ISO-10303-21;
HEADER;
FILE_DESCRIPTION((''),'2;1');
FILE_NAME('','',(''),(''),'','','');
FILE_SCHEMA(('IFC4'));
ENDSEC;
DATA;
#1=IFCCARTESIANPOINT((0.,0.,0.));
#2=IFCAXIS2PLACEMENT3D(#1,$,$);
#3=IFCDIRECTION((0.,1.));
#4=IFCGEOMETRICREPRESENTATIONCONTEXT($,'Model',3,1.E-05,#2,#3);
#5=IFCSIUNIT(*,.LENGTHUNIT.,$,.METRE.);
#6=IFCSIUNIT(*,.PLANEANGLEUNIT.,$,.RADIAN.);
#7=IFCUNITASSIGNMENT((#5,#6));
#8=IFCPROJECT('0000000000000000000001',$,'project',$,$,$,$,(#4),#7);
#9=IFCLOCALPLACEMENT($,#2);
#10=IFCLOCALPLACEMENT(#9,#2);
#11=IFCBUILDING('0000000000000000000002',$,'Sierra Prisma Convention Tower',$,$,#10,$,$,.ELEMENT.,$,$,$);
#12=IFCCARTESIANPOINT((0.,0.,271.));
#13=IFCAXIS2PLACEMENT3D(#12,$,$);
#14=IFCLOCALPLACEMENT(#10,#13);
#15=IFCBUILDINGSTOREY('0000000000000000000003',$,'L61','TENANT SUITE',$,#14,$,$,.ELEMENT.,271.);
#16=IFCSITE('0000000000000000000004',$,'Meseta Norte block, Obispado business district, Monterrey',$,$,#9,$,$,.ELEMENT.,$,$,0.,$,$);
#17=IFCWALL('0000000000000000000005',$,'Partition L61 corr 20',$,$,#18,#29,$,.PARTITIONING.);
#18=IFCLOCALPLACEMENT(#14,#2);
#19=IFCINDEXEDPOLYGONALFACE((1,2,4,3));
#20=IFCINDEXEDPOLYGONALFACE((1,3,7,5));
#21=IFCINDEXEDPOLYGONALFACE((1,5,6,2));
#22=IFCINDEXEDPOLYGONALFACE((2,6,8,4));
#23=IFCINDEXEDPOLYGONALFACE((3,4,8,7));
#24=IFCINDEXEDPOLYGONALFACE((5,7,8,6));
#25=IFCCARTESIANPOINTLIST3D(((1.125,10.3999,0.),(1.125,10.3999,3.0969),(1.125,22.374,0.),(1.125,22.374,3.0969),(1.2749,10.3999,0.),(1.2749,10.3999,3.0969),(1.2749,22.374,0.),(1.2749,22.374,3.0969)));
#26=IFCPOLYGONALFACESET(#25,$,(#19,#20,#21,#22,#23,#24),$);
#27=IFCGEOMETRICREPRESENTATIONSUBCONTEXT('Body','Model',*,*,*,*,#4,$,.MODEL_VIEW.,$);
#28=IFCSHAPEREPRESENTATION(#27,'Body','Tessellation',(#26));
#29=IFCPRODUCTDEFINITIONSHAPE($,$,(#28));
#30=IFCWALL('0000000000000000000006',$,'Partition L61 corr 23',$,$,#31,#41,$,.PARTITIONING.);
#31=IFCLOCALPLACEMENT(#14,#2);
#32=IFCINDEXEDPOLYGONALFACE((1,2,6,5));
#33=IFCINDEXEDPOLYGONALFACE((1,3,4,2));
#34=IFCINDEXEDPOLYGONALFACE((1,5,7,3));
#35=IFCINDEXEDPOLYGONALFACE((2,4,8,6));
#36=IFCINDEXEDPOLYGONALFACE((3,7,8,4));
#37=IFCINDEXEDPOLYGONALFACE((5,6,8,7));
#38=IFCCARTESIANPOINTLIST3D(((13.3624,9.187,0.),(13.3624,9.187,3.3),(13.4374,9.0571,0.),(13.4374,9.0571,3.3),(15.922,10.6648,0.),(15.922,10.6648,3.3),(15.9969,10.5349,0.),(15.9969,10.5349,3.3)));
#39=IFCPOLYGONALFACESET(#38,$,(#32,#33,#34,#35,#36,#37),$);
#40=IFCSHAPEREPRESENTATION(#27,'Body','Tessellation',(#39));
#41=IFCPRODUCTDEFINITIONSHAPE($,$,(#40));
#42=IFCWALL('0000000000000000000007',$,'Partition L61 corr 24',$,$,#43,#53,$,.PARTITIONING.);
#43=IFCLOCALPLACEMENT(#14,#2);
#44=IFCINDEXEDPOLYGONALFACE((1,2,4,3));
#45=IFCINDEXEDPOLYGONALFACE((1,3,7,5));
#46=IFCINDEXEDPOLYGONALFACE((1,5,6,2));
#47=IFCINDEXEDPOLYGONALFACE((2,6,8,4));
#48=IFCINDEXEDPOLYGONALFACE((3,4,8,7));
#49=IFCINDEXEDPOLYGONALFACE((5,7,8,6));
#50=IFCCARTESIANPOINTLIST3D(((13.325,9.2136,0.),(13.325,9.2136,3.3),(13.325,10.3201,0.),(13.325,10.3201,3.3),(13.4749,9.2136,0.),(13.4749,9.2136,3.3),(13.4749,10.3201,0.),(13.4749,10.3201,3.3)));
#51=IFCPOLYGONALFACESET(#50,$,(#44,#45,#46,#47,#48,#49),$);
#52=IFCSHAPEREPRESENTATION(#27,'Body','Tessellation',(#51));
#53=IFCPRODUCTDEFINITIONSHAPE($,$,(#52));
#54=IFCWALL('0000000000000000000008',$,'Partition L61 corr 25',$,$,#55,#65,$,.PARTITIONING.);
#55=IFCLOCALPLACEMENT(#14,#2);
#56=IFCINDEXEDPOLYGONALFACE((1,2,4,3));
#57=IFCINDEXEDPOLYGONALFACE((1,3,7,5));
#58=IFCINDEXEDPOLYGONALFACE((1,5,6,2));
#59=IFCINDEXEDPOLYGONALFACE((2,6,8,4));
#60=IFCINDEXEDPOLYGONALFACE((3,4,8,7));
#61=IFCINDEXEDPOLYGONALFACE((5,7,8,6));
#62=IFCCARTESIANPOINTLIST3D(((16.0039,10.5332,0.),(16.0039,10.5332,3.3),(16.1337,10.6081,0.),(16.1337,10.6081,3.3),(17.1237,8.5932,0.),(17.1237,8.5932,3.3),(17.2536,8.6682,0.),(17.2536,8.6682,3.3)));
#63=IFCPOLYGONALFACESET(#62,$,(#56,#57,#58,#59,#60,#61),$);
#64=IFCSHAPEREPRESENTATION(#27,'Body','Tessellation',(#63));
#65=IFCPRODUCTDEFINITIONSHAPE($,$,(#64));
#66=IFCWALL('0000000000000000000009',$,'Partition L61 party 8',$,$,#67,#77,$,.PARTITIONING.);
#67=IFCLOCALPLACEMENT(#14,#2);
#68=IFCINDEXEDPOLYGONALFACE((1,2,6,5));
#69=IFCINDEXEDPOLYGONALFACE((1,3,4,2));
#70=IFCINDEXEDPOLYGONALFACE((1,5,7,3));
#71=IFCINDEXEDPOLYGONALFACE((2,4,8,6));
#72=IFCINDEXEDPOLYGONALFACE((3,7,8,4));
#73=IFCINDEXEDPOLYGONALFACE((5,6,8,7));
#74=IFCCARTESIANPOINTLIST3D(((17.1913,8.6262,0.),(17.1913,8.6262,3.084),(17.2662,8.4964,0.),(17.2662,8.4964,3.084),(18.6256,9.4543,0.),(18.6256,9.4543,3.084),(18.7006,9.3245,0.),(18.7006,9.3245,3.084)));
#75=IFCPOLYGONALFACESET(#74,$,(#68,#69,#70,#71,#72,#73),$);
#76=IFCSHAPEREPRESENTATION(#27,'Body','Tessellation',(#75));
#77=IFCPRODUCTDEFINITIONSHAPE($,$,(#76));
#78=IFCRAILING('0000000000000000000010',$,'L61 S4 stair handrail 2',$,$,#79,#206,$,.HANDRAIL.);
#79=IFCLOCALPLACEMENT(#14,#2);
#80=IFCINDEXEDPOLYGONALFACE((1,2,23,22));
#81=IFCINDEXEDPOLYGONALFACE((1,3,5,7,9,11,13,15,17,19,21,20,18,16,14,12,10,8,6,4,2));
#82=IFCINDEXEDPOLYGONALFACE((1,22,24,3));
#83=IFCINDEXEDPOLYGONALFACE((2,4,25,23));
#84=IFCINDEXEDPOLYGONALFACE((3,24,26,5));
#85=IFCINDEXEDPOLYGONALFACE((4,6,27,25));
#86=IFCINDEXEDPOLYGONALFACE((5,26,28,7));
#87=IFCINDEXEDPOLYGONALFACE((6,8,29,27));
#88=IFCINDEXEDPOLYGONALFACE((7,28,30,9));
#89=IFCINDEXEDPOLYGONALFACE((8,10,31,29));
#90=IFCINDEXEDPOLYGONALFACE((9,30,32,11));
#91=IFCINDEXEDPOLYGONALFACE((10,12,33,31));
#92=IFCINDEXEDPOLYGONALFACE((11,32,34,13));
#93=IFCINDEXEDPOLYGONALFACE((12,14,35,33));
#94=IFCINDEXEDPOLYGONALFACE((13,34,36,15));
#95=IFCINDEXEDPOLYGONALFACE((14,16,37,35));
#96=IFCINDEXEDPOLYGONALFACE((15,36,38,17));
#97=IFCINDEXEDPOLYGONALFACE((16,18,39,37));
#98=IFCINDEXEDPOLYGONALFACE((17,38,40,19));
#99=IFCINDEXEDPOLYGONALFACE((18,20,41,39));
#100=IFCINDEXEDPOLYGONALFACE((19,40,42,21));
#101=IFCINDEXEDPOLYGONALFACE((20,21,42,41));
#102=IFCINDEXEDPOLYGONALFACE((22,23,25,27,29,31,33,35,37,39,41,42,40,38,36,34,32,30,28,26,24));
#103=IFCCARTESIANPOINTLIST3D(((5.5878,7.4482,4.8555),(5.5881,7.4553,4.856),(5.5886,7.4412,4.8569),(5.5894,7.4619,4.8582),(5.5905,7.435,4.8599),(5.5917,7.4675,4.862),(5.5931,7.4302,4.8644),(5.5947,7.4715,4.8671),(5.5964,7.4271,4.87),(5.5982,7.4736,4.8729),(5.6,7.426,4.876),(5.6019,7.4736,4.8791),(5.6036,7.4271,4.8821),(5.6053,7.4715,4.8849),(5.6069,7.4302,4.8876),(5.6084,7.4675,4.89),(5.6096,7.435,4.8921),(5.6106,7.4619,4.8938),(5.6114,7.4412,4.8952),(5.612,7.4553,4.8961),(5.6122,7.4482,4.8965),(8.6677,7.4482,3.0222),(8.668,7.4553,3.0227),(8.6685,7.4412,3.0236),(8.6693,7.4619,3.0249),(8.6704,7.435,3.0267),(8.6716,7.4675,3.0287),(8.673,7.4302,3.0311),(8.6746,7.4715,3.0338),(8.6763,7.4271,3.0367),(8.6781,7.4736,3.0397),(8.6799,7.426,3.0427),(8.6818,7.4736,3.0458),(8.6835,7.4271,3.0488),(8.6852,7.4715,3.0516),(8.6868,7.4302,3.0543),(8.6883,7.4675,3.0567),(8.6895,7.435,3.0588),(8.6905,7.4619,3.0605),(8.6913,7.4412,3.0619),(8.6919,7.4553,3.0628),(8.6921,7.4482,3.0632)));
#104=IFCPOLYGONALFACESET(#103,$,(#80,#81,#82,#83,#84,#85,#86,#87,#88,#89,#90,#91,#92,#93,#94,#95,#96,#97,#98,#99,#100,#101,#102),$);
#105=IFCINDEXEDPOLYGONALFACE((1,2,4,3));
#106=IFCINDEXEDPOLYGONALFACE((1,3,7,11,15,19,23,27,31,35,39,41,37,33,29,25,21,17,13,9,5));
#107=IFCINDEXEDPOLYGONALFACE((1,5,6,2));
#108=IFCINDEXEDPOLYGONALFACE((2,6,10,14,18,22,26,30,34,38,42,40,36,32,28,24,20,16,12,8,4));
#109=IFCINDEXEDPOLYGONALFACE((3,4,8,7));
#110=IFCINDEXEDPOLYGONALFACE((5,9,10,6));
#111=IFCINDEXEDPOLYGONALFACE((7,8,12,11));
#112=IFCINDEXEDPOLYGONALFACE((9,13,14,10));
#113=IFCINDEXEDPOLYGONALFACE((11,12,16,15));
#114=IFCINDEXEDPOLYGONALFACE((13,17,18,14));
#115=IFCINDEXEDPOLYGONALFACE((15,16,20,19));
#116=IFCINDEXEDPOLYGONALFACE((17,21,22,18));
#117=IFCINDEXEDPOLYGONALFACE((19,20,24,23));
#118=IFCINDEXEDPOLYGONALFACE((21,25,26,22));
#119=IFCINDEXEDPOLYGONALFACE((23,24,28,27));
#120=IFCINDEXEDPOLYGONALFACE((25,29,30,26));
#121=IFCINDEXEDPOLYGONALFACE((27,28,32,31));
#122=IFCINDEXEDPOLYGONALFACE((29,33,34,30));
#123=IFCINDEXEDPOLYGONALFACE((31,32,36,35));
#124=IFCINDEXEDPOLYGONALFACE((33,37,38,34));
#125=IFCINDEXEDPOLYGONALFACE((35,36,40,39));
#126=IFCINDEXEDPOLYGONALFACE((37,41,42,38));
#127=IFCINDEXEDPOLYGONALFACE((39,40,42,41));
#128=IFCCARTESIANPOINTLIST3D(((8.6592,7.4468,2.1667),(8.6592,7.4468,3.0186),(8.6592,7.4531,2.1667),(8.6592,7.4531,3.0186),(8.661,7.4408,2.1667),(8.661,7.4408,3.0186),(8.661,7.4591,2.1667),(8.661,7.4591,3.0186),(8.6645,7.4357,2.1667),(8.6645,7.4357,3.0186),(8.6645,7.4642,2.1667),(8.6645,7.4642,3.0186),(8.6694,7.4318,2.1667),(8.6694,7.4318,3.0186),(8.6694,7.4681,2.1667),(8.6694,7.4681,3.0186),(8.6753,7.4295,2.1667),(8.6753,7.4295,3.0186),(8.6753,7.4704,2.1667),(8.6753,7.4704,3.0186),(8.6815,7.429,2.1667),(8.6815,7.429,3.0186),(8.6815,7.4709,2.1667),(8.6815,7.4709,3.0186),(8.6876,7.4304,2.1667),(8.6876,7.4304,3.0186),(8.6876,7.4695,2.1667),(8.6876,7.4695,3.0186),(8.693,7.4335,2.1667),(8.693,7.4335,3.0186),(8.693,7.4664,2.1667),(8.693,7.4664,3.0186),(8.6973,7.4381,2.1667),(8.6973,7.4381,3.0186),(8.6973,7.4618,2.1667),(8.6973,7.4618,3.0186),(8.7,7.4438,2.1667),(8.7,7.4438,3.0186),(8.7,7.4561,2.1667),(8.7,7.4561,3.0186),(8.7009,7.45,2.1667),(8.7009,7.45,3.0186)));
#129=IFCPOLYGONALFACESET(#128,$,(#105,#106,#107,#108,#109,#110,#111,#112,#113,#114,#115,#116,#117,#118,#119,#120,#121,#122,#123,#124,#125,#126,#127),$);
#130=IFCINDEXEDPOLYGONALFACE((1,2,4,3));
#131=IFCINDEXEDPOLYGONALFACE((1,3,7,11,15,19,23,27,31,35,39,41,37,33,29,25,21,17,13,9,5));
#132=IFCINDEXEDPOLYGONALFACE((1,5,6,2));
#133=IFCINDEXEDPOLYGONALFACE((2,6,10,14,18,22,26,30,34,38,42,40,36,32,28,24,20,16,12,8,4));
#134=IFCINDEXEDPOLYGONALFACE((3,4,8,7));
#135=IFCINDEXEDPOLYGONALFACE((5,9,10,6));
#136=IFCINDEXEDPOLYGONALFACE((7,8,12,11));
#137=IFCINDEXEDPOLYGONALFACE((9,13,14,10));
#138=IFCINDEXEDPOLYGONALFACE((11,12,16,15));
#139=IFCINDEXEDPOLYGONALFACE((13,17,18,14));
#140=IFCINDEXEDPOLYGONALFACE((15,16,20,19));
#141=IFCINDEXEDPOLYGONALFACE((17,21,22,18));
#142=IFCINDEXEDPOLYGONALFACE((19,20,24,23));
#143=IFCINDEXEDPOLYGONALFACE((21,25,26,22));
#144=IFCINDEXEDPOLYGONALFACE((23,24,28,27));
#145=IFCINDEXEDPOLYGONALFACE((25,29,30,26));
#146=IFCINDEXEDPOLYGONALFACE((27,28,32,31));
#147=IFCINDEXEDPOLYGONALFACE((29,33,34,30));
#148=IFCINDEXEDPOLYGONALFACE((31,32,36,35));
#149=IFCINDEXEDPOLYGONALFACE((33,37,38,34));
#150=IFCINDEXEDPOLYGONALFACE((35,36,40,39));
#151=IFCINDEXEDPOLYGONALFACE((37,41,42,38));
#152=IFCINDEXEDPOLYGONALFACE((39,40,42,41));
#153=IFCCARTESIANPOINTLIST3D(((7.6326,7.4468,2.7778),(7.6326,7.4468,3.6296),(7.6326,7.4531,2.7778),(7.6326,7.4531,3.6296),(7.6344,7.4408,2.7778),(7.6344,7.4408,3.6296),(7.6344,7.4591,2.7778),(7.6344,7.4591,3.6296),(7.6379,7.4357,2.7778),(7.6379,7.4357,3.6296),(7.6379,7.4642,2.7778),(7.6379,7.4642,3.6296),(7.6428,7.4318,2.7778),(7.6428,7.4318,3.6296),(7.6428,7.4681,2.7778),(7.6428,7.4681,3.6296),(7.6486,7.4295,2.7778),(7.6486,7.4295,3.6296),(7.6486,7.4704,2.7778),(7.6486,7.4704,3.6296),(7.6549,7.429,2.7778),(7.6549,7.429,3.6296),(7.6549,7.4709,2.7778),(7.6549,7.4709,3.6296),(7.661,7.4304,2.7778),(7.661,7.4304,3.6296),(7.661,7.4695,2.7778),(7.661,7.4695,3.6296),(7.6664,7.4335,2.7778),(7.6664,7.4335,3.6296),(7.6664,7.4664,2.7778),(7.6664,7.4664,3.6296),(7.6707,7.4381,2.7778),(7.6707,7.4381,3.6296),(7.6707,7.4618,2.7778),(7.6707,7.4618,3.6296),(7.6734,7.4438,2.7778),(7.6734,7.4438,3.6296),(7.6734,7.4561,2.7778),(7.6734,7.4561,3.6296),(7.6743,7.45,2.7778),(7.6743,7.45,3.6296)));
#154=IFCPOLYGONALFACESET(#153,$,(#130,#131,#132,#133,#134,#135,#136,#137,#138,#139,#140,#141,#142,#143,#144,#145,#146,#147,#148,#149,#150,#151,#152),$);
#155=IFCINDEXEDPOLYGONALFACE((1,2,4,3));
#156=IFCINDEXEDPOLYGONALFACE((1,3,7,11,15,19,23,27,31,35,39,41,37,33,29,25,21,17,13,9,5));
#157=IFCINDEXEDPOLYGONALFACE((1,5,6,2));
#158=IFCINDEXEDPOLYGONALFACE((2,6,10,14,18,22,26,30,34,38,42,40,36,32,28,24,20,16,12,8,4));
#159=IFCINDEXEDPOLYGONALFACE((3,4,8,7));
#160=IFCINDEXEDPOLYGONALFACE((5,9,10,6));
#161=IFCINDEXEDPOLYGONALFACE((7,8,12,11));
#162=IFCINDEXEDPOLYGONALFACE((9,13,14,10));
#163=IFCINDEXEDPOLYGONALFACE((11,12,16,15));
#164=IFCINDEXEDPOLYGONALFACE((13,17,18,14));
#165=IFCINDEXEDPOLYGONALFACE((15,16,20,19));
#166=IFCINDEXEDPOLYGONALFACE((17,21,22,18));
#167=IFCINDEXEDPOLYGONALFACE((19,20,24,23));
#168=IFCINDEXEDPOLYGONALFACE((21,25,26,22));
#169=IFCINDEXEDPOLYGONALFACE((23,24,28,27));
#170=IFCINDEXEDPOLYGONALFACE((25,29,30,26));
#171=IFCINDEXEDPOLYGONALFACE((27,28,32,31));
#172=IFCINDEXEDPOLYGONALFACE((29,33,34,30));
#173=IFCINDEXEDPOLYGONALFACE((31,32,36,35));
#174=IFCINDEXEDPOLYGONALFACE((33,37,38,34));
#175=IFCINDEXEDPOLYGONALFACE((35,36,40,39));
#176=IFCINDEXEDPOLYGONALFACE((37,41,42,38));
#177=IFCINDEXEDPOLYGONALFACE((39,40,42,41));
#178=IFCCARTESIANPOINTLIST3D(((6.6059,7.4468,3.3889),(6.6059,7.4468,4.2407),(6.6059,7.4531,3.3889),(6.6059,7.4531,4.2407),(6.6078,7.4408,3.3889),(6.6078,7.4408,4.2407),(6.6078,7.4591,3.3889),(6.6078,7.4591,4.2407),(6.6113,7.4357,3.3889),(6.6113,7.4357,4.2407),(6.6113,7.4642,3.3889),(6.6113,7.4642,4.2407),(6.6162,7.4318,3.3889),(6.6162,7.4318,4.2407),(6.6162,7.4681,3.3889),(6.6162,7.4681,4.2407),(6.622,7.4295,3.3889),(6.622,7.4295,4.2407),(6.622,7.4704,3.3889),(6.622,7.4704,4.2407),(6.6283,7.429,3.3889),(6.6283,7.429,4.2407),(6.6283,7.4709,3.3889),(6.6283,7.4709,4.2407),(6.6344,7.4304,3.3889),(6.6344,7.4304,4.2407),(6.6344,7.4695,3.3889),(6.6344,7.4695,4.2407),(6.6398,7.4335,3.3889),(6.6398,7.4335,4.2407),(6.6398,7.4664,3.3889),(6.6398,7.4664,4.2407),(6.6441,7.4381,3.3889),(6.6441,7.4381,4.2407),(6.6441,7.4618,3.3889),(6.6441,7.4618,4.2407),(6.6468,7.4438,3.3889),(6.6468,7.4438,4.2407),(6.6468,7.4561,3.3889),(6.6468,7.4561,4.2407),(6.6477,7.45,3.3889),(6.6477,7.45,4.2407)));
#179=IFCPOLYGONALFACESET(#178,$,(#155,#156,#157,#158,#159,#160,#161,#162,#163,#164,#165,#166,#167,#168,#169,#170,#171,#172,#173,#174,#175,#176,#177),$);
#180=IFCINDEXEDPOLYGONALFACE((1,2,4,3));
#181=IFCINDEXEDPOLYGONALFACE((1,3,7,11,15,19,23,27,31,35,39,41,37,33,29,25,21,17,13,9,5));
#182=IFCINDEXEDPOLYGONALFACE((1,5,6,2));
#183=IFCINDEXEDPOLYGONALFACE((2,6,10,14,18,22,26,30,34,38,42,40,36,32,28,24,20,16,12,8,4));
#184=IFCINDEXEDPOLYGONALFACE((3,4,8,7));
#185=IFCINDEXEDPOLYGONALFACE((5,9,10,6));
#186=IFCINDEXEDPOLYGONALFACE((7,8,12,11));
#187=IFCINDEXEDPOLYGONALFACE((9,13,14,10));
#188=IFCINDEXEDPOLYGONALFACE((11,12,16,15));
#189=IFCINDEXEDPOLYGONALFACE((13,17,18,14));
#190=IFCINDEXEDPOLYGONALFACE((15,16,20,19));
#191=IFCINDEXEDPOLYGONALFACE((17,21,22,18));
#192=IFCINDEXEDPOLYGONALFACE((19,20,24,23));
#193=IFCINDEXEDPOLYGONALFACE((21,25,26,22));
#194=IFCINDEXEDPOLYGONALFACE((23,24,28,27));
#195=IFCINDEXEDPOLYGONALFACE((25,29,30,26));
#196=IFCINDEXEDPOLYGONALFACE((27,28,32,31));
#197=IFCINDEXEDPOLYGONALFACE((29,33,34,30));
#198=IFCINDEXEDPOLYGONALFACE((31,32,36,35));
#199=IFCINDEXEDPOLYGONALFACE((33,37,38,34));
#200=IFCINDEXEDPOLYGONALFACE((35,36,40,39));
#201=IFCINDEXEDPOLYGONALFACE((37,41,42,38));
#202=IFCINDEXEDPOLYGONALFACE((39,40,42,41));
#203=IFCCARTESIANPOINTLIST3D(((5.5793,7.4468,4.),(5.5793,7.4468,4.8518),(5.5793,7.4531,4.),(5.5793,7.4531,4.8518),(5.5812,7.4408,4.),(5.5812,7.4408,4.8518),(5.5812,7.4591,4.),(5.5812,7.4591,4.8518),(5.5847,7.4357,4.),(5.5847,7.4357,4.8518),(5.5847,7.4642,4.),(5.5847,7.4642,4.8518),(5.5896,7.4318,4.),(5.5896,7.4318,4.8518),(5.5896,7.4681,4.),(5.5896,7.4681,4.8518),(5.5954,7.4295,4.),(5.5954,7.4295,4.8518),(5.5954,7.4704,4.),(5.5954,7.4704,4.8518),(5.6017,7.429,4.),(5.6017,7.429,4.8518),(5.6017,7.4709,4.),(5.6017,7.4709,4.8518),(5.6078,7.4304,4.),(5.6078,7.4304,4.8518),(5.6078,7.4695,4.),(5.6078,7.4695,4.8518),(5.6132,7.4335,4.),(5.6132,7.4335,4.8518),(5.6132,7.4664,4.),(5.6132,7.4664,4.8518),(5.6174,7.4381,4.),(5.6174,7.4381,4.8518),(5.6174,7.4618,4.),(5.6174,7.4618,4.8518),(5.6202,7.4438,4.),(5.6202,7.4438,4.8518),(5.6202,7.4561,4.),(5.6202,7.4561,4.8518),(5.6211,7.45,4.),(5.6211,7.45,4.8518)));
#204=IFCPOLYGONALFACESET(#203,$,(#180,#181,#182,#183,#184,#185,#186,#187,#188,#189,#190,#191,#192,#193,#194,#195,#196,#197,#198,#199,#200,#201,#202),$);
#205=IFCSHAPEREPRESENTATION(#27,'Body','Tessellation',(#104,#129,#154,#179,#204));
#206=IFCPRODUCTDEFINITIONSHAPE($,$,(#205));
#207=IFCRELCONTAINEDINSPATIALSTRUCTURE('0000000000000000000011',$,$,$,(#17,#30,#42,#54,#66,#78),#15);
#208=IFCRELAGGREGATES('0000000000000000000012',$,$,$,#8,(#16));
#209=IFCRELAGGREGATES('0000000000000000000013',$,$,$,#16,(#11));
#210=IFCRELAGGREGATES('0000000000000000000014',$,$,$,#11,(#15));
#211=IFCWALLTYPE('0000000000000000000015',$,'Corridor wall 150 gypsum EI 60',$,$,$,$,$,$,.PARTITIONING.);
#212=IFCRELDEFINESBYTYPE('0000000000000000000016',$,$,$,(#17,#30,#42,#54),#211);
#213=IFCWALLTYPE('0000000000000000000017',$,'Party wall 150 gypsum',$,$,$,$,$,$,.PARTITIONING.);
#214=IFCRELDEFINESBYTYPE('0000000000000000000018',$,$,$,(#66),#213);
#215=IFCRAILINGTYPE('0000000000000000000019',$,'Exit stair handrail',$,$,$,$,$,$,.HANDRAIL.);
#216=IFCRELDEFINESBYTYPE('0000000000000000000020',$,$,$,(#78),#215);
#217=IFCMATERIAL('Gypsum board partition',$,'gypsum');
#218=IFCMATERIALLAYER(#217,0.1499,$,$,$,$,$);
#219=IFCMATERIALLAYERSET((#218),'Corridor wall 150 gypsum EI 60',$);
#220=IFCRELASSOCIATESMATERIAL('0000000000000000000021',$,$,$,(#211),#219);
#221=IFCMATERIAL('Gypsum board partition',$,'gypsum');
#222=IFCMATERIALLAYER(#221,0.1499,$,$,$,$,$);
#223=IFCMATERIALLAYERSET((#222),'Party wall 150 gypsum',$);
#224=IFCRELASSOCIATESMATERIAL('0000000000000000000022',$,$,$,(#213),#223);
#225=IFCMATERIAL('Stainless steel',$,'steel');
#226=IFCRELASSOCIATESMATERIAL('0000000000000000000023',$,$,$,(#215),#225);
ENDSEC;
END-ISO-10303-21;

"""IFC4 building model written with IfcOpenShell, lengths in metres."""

from ifc_helpers import new_model, si_unit, direction, frame, frame_2d, origin, origin_2d, place, context, subcontext, project, spatial, rectangle, circle, extrude, material, layer, layer_set, type_object, element, save


model = new_model("IFC4")

# Units and contexts
model_context = context("Model", 3, precision=1e-05, world=origin(), true_north=direction((0.0, 1.0)))
body_context = subcontext(model_context, "Body", "Model", "MODEL_VIEW")
ifc_project = project(units=[si_unit("LENGTHUNIT", "METRE"), si_unit("PLANEANGLEUNIT", "RADIAN")], contexts=[model_context])

# Site, building, storey
site_placement = place(None, origin())
site = spatial("IfcSite", under=ifc_project, at=site_placement, Name="Meseta Norte block, Obispado business district, Monterrey", CompositionType="ELEMENT", RefElevation=0.0)
building_placement = place(site_placement, origin())
building = spatial("IfcBuilding", under=site, at=building_placement, Name="Sierra Prisma Convention Tower", CompositionType="ELEMENT")
storey_placement = place(building_placement, frame((0.0, 0.0, 271.0)))
storey = spatial("IfcBuildingStorey", under=building, at=storey_placement, Name="L61", Description="TENANT SUITE", CompositionType="ELEMENT", Elevation=271.0)

# Shared definitions
ifc_material_1 = material(Name="Gypsum board partition", Category="gypsum")
ifc_layer_1 = layer(ifc_material_1, 0.1499)
ifc_layer_set_1 = layer_set([ifc_layer_1], Name="Corridor wall 150 gypsum EI 60")
wall_type_1 = type_object("IfcWallType", Name="Corridor wall 150 gypsum EI 60", PredefinedType="PARTITIONING", material=ifc_layer_set_1)

# Walls
wall_1_placement = place(storey_placement, frame((1.2, 10.3999, 0.0), z_axis=(0.0, 0.0, 1.0), x_axis=(0.0, 1.0, 0.0)))
element("IfcWall", 1, at=wall_1_placement, inside=storey, type_object=wall_type_1, Name="Partition L61 corr 20", PredefinedType="PARTITIONING", context=body_context, shape_type="SweptSolid", body=[
    extrude(rectangle(XDim=11.9741, YDim=0.1499, at=frame_2d((5.9871, 0.0))), origin(), (0.0, 0.0, 1.0), 3.0969),
])
wall_2_placement = place(storey_placement, frame((15.9595, 10.5999, 0.0), z_axis=(0.0, 0.0, 1.0), x_axis=(-0.866023, -0.500004, 0.0)))
element("IfcWall", 2, at=wall_2_placement, inside=storey, type_object=wall_type_1, Name="Partition L61 corr 23", PredefinedType="PARTITIONING", context=body_context, shape_type="SweptSolid", body=[
    extrude(rectangle(XDim=2.9556, YDim=0.1499, at=frame_2d((1.4778, 0.0))), origin(), (0.0, 0.0, 1.0), 3.3),
])
wall_3_placement = place(storey_placement, frame((13.3999, 9.2136, 0.0), z_axis=(0.0, 0.0, 1.0), x_axis=(0.0, 1.0, 0.0)))
element("IfcWall", 3, at=wall_3_placement, inside=storey, type_object=wall_type_1, Name="Partition L61 corr 24", PredefinedType="PARTITIONING", context=body_context, shape_type="SweptSolid", body=[
    extrude(rectangle(XDim=1.1064, YDim=0.1499, at=frame_2d((0.5532, 0.0))), origin(), (0.0, 0.0, 1.0), 3.3),
])
wall_4_placement = place(storey_placement, frame((17.1887, 8.6306, 0.0), z_axis=(0.0, 0.0, 1.0), x_axis=(-0.499949, 0.866055, 0.0)))
element("IfcWall", 4, at=wall_4_placement, inside=storey, type_object=wall_type_1, Name="Partition L61 corr 25", PredefinedType="PARTITIONING", context=body_context, shape_type="SweptSolid", body=[
    extrude(rectangle(XDim=2.24, YDim=0.1499, at=frame_2d((1.1201, 0.0))), origin(), (0.0, 0.0, 1.0), 3.3),
])
ifc_material_2 = material(Name="Gypsum board partition", Category="gypsum")
ifc_layer_2 = layer(ifc_material_2, 0.1499)
ifc_layer_set_2 = layer_set([ifc_layer_2], Name="Party wall 150 gypsum")
wall_type_2 = type_object("IfcWallType", Name="Party wall 150 gypsum", PredefinedType="PARTITIONING", material=ifc_layer_set_2)
wall_5_placement = place(storey_placement, frame((17.2288, 8.5613, 0.0), z_axis=(0.0, 0.0, 1.0), x_axis=(0.866021, 0.500007, 0.0)))
element("IfcWall", 5, at=wall_5_placement, inside=storey, type_object=wall_type_2, Name="Partition L61 party 8", PredefinedType="PARTITIONING", context=body_context, shape_type="SweptSolid", body=[
    extrude(rectangle(XDim=1.6562, YDim=0.1499, at=frame_2d((0.8281, 0.0))), origin(), (0.0, 0.0, 1.0), 3.084),
])

# Railing
ifc_material_3 = material(Name="Stainless steel", Category="steel")
railing_type = type_object("IfcRailingType", Name="Exit stair handrail", PredefinedType="HANDRAIL", material=ifc_material_3)
railing_placement = place(storey_placement, frame((8.6799, 7.45, 2.1667)))
element("IfcRailing", 6, at=railing_placement, inside=storey, type_object=railing_type, Name="L61 S4 stair handrail 2", PredefinedType="HANDRAIL", context=body_context, shape_type="SweptSolid", body=[
    extrude(circle(Radius=0.0239, at=origin_2d()), frame((0.0, 0.0, 0.876), z_axis=(-0.859291, 0.0, 0.511487), x_axis=(0.0, -1.0, 0.0)), (0.0, 0.0, 1.0), 3.5842),
    extrude(circle(Radius=0.021, at=origin_2d()), origin(), (0.0, 0.0, 1.0), 0.8518),
    extrude(circle(Radius=0.021, at=origin_2d()), frame((-1.0266, 0.0, 0.6111)), (0.0, 0.0, 1.0), 0.8518),
    extrude(circle(Radius=0.021, at=origin_2d()), frame((-2.0532, 0.0, 1.2222)), (0.0, 0.0, 1.0), 0.8518),
    extrude(circle(Radius=0.021, at=origin_2d()), frame((-3.0798, 0.0, 1.8333)), (0.0, 0.0, 1.0), 0.8518),
])

save(model, "model.ifc")
